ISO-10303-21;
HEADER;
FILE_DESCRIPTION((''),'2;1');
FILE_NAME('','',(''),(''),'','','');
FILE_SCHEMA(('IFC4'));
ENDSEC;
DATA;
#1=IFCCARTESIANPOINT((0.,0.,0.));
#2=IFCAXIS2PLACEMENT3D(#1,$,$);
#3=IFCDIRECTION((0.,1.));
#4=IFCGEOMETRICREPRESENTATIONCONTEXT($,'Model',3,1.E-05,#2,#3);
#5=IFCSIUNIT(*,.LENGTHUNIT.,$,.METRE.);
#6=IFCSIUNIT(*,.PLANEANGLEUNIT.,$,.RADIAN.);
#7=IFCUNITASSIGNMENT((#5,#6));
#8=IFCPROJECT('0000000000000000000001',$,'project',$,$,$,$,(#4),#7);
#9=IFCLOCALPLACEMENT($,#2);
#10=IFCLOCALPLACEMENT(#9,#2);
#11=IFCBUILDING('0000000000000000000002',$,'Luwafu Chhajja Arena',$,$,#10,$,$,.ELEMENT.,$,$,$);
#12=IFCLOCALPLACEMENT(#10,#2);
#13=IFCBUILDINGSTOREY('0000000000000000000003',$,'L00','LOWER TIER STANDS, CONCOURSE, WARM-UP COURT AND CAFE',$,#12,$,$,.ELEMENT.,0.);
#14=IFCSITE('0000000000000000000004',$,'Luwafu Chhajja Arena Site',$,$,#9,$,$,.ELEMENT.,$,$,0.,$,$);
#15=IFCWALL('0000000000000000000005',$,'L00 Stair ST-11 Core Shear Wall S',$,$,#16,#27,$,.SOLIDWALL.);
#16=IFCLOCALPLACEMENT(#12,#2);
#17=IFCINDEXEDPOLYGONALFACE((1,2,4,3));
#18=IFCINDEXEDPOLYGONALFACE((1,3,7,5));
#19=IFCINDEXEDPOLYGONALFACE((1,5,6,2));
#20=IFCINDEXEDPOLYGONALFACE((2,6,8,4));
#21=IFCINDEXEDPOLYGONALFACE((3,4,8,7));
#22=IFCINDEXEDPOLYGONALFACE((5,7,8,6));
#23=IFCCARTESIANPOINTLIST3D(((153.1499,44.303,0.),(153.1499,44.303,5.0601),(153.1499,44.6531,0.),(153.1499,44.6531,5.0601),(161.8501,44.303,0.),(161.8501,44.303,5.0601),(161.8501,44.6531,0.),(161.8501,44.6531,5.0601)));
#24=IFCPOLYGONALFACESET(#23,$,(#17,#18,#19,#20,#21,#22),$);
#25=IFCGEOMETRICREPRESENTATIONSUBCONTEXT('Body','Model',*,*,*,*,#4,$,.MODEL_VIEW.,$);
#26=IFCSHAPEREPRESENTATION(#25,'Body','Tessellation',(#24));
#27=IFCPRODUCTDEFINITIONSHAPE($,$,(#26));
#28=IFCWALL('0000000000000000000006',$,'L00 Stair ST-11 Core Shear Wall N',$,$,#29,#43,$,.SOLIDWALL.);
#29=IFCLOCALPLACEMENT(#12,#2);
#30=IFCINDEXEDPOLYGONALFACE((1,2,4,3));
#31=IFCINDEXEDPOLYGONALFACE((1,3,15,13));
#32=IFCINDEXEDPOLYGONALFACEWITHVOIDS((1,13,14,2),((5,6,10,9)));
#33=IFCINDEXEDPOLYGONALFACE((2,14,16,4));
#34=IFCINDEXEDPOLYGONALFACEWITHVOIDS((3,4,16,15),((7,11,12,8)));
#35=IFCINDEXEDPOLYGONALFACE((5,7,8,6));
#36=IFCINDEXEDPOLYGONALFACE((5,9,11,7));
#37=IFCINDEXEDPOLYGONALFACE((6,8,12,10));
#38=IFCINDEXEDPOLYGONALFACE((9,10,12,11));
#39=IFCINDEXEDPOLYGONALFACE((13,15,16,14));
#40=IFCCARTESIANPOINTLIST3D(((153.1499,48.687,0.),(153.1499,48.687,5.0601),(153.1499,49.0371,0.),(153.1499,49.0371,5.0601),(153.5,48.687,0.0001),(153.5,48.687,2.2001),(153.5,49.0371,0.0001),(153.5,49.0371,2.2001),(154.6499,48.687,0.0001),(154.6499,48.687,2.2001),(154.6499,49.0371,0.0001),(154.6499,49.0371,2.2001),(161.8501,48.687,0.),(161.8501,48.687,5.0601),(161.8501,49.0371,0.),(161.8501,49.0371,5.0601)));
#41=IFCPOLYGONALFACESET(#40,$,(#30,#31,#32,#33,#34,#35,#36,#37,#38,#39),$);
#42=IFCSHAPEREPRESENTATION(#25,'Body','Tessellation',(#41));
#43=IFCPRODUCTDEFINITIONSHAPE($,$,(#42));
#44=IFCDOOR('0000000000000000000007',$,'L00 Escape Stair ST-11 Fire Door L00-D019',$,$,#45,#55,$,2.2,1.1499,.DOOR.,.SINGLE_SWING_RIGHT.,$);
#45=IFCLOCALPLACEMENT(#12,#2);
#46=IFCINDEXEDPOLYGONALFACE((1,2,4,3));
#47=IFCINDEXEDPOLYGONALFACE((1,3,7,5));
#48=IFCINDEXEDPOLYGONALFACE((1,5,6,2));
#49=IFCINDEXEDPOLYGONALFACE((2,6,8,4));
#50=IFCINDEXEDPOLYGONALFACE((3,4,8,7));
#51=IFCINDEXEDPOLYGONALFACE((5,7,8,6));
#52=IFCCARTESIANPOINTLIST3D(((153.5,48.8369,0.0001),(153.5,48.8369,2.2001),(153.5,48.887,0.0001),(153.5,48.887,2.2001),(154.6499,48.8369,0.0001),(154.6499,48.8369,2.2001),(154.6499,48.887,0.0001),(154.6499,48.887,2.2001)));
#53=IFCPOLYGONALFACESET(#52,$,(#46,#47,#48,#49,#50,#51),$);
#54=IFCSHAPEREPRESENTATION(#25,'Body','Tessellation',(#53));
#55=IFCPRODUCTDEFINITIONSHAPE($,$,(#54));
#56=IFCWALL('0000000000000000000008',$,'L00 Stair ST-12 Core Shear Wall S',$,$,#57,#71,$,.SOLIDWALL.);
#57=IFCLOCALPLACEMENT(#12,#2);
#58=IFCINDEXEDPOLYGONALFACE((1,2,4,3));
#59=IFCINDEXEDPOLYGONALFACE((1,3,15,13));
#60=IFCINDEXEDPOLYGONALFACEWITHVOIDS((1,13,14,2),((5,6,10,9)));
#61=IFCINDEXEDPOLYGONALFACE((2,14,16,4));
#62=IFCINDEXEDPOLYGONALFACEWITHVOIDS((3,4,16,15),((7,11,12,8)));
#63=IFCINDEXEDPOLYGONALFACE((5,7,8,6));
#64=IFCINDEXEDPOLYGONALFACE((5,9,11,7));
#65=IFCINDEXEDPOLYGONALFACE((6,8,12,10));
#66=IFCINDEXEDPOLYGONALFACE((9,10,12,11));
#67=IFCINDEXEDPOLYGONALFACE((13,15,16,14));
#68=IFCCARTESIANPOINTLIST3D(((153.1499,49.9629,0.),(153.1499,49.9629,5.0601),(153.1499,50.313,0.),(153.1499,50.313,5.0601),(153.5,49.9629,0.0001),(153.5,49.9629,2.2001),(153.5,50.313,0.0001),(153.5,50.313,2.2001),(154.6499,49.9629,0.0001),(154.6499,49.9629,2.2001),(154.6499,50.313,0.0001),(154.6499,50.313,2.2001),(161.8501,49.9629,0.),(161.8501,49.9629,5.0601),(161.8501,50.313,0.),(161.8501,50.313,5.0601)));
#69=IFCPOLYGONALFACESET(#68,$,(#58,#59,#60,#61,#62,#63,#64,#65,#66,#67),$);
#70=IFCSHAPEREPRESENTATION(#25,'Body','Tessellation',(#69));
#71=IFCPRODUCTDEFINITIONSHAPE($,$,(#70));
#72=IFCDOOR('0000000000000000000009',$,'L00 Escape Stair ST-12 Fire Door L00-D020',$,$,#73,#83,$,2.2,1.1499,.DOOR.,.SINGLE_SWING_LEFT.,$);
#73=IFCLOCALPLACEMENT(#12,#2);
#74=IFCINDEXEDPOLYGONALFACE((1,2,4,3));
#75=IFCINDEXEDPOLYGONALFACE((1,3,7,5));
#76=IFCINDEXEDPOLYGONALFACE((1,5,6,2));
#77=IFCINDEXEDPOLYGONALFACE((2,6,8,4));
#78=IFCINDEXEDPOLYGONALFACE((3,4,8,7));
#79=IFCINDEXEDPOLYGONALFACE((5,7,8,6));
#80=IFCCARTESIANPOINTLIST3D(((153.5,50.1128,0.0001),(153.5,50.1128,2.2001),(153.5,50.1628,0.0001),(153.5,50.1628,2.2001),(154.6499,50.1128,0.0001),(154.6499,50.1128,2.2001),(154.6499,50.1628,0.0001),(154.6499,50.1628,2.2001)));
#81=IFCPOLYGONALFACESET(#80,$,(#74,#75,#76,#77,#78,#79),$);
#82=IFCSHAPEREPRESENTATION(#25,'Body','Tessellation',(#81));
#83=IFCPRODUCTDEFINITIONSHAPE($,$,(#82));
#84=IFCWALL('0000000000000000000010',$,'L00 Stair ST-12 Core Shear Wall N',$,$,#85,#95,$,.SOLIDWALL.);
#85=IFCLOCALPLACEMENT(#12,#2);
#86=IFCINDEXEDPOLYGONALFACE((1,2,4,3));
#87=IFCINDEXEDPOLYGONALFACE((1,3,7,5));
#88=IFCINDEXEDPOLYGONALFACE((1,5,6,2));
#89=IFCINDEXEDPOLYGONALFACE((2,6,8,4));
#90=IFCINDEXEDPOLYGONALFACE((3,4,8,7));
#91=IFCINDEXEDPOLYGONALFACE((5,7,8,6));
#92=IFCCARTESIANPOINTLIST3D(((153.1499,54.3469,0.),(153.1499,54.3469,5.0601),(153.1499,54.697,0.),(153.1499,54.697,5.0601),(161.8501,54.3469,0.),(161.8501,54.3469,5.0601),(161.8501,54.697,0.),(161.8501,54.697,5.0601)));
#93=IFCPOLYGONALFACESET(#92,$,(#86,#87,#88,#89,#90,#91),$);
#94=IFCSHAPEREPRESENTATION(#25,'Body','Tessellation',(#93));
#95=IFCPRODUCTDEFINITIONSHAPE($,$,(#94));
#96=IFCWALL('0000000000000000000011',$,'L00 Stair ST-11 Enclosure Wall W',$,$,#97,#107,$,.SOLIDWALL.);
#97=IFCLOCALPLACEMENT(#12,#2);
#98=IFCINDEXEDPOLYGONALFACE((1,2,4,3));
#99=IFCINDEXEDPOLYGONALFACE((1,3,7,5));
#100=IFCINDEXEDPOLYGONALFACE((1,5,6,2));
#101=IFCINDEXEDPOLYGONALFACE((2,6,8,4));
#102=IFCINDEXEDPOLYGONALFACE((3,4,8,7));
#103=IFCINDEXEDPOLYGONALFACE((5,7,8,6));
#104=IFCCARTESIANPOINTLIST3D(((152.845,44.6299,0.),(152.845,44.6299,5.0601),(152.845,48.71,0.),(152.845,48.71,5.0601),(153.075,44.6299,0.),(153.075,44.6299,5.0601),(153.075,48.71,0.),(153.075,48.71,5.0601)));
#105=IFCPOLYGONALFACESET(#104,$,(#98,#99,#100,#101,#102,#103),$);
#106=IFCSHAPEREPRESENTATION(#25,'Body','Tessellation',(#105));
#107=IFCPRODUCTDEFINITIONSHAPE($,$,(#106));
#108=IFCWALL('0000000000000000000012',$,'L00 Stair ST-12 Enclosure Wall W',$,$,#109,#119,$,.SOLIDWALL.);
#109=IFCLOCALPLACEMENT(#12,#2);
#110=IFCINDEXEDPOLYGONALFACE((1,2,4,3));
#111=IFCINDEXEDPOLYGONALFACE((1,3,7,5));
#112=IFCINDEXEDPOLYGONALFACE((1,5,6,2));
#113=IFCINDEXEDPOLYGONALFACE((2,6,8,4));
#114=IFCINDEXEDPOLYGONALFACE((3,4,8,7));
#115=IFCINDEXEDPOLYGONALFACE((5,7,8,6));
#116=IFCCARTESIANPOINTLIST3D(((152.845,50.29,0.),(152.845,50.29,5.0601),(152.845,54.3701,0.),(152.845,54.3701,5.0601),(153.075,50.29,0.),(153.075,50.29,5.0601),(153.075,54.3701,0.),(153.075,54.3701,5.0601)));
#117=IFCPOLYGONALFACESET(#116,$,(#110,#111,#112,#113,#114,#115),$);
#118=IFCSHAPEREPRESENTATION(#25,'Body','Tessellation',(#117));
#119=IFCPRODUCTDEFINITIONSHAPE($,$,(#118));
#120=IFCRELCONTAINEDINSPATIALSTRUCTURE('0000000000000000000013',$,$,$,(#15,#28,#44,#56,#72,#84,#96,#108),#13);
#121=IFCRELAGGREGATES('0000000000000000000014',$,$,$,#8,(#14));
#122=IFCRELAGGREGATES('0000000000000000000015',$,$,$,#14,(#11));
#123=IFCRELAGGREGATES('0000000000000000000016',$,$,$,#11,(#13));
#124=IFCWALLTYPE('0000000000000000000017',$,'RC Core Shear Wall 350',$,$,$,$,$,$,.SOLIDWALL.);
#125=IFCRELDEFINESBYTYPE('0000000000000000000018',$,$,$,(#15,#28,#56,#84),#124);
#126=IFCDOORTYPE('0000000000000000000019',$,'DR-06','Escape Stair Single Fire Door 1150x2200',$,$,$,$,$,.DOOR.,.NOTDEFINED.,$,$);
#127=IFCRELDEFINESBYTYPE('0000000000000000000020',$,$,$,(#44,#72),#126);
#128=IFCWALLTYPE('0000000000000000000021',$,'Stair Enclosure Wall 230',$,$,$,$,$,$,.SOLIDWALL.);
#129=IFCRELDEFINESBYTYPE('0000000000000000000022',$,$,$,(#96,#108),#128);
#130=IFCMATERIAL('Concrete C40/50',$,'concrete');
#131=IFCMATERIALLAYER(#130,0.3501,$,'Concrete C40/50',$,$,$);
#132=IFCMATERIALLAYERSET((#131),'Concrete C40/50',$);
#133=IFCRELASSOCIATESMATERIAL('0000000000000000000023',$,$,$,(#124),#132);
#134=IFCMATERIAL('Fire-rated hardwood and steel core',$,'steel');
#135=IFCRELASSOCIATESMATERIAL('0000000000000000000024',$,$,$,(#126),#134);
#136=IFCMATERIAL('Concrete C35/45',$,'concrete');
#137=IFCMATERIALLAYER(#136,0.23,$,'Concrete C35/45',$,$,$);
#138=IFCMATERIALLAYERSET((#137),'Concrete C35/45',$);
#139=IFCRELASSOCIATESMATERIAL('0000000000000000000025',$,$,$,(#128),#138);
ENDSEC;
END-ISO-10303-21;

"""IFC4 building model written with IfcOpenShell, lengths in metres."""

from ifc_helpers import new_model, si_unit, direction, frame, frame_2d, origin, place, context, subcontext, project, spatial, rectangle, extrude, material, layer, layer_set, type_object, element, fill, save


model = new_model("IFC4")

# Units and contexts
model_context = context("Model", 3, precision=1e-05, world=origin(), true_north=direction((0.0, 1.0)))
body_context = subcontext(model_context, "Body", "Model", "MODEL_VIEW")
ifc_project = project(units=[si_unit("LENGTHUNIT", "METRE"), si_unit("PLANEANGLEUNIT", "RADIAN")], contexts=[model_context])

# Site, building, storey
site_placement = place(None, origin())
site = spatial("IfcSite", under=ifc_project, at=site_placement, Name="Luwafu Chhajja Arena Site", CompositionType="ELEMENT", RefElevation=0.0)
building_placement = place(site_placement, origin())
building = spatial("IfcBuilding", under=site, at=building_placement, Name="Luwafu Chhajja Arena", CompositionType="ELEMENT")
storey_placement = place(building_placement, origin())
storey = spatial("IfcBuildingStorey", under=building, at=storey_placement, Name="L00", Description="LOWER TIER STANDS, CONCOURSE, WARM-UP COURT AND CAFE", CompositionType="ELEMENT", Elevation=0.0)

# Shared definitions
ifc_material_1 = material(Name="Concrete C35/45", Category="concrete")
ifc_material_2 = material(Name="Concrete C40/50", Category="concrete")

# Wall
ifc_layer_1 = layer(ifc_material_2, 0.3501, Name="Concrete C40/50")
ifc_layer_set_1 = layer_set([ifc_layer_1], Name="Concrete C40/50")
wall_type_1 = type_object("IfcWallType", Name="RC Core Shear Wall 350", PredefinedType="SOLIDWALL", material=ifc_layer_set_1)
wall_1_placement = place(storey_placement, frame((153.1499, 44.478, 0.0), z_axis=(0.0, 0.0, 1.0), x_axis=(1.0, 0.0, 0.0)))
element("IfcWall", 1, at=wall_1_placement, inside=storey, type_object=wall_type_1, Name="L00 Stair ST-11 Core Shear Wall S", PredefinedType="SOLIDWALL", context=body_context, shape_type="SweptSolid", body=[
    extrude(rectangle(XDim=8.7002, YDim=0.3501, at=frame_2d((4.3501, 0.0))), origin(), (0.0, 0.0, 1.0), 5.0601),
])

# Walls, openings, doors
wall_2_placement = place(storey_placement, frame((153.1499, 48.8621, 0.0), z_axis=(0.0, 0.0, 1.0), x_axis=(1.0, 0.0, 0.0)))
wall_2 = element("IfcWall", 2, at=wall_2_placement, inside=storey, type_object=wall_type_1, Name="L00 Stair ST-11 Core Shear Wall N", PredefinedType="SOLIDWALL", context=body_context, shape_type="SweptSolid", body=[
    extrude(rectangle(XDim=8.7002, YDim=0.3501, at=frame_2d((4.3501, 0.0))), origin(), (0.0, 0.0, 1.0), 5.0601),
])
opening_1_placement = place(wall_2_placement, frame((0.3501, 0.0, 0.0)))
opening_1 = element("IfcOpeningElement", 3, at=opening_1_placement, cuts=wall_2, PredefinedType="OPENING", context=body_context, shape_type="SweptSolid", body=[
    extrude(rectangle(XDim=1.1499, YDim=2.2, at=frame_2d((0.575, 1.1001))), frame((0.0, 0.1851, 0.0), z_axis=(0.0, -1.0, 0.0), x_axis=(1.0, 0.0, 0.0)), (0.0, 0.0, 1.0), 0.3701),
])
ifc_material_3 = material(Name="Fire-rated hardwood and steel core", Category="steel")
door_type_1 = type_object("IfcDoorType", Name="DR-06", Description="Escape Stair Single Fire Door 1150x2200", OperationType="NOTDEFINED", PredefinedType="DOOR", material=ifc_material_3)
door_1_placement = place(opening_1_placement, origin())
door_1 = element("IfcDoor", 4, at=door_1_placement, inside=storey, type_object=door_type_1, Name="L00 Escape Stair ST-11 Fire Door L00-D019", OperationType="SINGLE_SWING_RIGHT", OverallHeight=2.2, OverallWidth=1.1499, PredefinedType="DOOR", context=body_context, shape_type="SweptSolid", body=[
    extrude(rectangle(XDim=1.1499, YDim=2.2, at=frame_2d((0.575, 1.1001))), frame((0.0, 0.0249, 0.0), z_axis=(0.0, -1.0, 0.0), x_axis=(1.0, 0.0, 0.0)), (0.0, 0.0, 1.0), 0.05),
])
fill(opening_1, door_1)
wall_3_placement = place(storey_placement, frame((153.1499, 50.1379, 0.0), z_axis=(0.0, 0.0, 1.0), x_axis=(1.0, 0.0, 0.0)))
wall_3 = element("IfcWall", 5, at=wall_3_placement, inside=storey, type_object=wall_type_1, Name="L00 Stair ST-12 Core Shear Wall S", PredefinedType="SOLIDWALL", context=body_context, shape_type="SweptSolid", body=[
    extrude(rectangle(XDim=8.7002, YDim=0.3501, at=frame_2d((4.3501, 0.0))), origin(), (0.0, 0.0, 1.0), 5.0601),
])
opening_2_placement = place(wall_3_placement, frame((0.3501, 0.0, 0.0)))
opening_2 = element("IfcOpeningElement", 6, at=opening_2_placement, cuts=wall_3, PredefinedType="OPENING", context=body_context, shape_type="SweptSolid", body=[
    extrude(rectangle(XDim=1.1499, YDim=2.2, at=frame_2d((0.575, 1.1001))), frame((0.0, 0.1851, 0.0), z_axis=(0.0, -1.0, 0.0), x_axis=(1.0, 0.0, 0.0)), (0.0, 0.0, 1.0), 0.3701),
])
door_2_placement = place(opening_2_placement, origin())
door_2 = element("IfcDoor", 7, at=door_2_placement, inside=storey, type_object=door_type_1, Name="L00 Escape Stair ST-12 Fire Door L00-D020", OperationType="SINGLE_SWING_LEFT", OverallHeight=2.2, OverallWidth=1.1499, PredefinedType="DOOR", context=body_context, shape_type="SweptSolid", body=[
    extrude(rectangle(XDim=1.1499, YDim=2.2, at=frame_2d((0.575, 1.1001))), frame((0.0, 0.0249, 0.0), z_axis=(0.0, -1.0, 0.0), x_axis=(1.0, 0.0, 0.0)), (0.0, 0.0, 1.0), 0.05),
])
fill(opening_2, door_2)

# Walls
wall_4_placement = place(storey_placement, frame((153.1499, 54.522, 0.0), z_axis=(0.0, 0.0, 1.0), x_axis=(1.0, 0.0, 0.0)))
element("IfcWall", 8, at=wall_4_placement, inside=storey, type_object=wall_type_1, Name="L00 Stair ST-12 Core Shear Wall N", PredefinedType="SOLIDWALL", context=body_context, shape_type="SweptSolid", body=[
    extrude(rectangle(XDim=8.7002, YDim=0.3501, at=frame_2d((4.3501, 0.0))), origin(), (0.0, 0.0, 1.0), 5.0601),
])
ifc_layer_2 = layer(ifc_material_1, 0.23, Name="Concrete C35/45")
ifc_layer_set_2 = layer_set([ifc_layer_2], Name="Concrete C35/45")
wall_type_2 = type_object("IfcWallType", Name="Stair Enclosure Wall 230", PredefinedType="SOLIDWALL", material=ifc_layer_set_2)
for number, where, z_axis, x_axis, name in (
    (9, (152.96, 44.6299, 0.0), (0.0, 0.0, 1.0), (0.0, 1.0, 0.0), "L00 Stair ST-11 Enclosure Wall W"),
    (10, (152.96, 50.29, 0.0), (0.0, 0.0, 1.0), (0.0, 1.0, 0.0), "L00 Stair ST-12 Enclosure Wall W"),
):
    element("IfcWall", number, at=place(storey_placement, frame(where, z_axis=z_axis, x_axis=x_axis)), inside=storey, type_object=wall_type_2, Name=name, PredefinedType="SOLIDWALL", context=body_context, shape_type="SweptSolid", body=[
        extrude(rectangle(XDim=4.0801, YDim=0.23, at=frame_2d((2.04, 0.0))), origin(), (0.0, 0.0, 1.0), 5.0601),
    ])

save(model, "model.ifc")
